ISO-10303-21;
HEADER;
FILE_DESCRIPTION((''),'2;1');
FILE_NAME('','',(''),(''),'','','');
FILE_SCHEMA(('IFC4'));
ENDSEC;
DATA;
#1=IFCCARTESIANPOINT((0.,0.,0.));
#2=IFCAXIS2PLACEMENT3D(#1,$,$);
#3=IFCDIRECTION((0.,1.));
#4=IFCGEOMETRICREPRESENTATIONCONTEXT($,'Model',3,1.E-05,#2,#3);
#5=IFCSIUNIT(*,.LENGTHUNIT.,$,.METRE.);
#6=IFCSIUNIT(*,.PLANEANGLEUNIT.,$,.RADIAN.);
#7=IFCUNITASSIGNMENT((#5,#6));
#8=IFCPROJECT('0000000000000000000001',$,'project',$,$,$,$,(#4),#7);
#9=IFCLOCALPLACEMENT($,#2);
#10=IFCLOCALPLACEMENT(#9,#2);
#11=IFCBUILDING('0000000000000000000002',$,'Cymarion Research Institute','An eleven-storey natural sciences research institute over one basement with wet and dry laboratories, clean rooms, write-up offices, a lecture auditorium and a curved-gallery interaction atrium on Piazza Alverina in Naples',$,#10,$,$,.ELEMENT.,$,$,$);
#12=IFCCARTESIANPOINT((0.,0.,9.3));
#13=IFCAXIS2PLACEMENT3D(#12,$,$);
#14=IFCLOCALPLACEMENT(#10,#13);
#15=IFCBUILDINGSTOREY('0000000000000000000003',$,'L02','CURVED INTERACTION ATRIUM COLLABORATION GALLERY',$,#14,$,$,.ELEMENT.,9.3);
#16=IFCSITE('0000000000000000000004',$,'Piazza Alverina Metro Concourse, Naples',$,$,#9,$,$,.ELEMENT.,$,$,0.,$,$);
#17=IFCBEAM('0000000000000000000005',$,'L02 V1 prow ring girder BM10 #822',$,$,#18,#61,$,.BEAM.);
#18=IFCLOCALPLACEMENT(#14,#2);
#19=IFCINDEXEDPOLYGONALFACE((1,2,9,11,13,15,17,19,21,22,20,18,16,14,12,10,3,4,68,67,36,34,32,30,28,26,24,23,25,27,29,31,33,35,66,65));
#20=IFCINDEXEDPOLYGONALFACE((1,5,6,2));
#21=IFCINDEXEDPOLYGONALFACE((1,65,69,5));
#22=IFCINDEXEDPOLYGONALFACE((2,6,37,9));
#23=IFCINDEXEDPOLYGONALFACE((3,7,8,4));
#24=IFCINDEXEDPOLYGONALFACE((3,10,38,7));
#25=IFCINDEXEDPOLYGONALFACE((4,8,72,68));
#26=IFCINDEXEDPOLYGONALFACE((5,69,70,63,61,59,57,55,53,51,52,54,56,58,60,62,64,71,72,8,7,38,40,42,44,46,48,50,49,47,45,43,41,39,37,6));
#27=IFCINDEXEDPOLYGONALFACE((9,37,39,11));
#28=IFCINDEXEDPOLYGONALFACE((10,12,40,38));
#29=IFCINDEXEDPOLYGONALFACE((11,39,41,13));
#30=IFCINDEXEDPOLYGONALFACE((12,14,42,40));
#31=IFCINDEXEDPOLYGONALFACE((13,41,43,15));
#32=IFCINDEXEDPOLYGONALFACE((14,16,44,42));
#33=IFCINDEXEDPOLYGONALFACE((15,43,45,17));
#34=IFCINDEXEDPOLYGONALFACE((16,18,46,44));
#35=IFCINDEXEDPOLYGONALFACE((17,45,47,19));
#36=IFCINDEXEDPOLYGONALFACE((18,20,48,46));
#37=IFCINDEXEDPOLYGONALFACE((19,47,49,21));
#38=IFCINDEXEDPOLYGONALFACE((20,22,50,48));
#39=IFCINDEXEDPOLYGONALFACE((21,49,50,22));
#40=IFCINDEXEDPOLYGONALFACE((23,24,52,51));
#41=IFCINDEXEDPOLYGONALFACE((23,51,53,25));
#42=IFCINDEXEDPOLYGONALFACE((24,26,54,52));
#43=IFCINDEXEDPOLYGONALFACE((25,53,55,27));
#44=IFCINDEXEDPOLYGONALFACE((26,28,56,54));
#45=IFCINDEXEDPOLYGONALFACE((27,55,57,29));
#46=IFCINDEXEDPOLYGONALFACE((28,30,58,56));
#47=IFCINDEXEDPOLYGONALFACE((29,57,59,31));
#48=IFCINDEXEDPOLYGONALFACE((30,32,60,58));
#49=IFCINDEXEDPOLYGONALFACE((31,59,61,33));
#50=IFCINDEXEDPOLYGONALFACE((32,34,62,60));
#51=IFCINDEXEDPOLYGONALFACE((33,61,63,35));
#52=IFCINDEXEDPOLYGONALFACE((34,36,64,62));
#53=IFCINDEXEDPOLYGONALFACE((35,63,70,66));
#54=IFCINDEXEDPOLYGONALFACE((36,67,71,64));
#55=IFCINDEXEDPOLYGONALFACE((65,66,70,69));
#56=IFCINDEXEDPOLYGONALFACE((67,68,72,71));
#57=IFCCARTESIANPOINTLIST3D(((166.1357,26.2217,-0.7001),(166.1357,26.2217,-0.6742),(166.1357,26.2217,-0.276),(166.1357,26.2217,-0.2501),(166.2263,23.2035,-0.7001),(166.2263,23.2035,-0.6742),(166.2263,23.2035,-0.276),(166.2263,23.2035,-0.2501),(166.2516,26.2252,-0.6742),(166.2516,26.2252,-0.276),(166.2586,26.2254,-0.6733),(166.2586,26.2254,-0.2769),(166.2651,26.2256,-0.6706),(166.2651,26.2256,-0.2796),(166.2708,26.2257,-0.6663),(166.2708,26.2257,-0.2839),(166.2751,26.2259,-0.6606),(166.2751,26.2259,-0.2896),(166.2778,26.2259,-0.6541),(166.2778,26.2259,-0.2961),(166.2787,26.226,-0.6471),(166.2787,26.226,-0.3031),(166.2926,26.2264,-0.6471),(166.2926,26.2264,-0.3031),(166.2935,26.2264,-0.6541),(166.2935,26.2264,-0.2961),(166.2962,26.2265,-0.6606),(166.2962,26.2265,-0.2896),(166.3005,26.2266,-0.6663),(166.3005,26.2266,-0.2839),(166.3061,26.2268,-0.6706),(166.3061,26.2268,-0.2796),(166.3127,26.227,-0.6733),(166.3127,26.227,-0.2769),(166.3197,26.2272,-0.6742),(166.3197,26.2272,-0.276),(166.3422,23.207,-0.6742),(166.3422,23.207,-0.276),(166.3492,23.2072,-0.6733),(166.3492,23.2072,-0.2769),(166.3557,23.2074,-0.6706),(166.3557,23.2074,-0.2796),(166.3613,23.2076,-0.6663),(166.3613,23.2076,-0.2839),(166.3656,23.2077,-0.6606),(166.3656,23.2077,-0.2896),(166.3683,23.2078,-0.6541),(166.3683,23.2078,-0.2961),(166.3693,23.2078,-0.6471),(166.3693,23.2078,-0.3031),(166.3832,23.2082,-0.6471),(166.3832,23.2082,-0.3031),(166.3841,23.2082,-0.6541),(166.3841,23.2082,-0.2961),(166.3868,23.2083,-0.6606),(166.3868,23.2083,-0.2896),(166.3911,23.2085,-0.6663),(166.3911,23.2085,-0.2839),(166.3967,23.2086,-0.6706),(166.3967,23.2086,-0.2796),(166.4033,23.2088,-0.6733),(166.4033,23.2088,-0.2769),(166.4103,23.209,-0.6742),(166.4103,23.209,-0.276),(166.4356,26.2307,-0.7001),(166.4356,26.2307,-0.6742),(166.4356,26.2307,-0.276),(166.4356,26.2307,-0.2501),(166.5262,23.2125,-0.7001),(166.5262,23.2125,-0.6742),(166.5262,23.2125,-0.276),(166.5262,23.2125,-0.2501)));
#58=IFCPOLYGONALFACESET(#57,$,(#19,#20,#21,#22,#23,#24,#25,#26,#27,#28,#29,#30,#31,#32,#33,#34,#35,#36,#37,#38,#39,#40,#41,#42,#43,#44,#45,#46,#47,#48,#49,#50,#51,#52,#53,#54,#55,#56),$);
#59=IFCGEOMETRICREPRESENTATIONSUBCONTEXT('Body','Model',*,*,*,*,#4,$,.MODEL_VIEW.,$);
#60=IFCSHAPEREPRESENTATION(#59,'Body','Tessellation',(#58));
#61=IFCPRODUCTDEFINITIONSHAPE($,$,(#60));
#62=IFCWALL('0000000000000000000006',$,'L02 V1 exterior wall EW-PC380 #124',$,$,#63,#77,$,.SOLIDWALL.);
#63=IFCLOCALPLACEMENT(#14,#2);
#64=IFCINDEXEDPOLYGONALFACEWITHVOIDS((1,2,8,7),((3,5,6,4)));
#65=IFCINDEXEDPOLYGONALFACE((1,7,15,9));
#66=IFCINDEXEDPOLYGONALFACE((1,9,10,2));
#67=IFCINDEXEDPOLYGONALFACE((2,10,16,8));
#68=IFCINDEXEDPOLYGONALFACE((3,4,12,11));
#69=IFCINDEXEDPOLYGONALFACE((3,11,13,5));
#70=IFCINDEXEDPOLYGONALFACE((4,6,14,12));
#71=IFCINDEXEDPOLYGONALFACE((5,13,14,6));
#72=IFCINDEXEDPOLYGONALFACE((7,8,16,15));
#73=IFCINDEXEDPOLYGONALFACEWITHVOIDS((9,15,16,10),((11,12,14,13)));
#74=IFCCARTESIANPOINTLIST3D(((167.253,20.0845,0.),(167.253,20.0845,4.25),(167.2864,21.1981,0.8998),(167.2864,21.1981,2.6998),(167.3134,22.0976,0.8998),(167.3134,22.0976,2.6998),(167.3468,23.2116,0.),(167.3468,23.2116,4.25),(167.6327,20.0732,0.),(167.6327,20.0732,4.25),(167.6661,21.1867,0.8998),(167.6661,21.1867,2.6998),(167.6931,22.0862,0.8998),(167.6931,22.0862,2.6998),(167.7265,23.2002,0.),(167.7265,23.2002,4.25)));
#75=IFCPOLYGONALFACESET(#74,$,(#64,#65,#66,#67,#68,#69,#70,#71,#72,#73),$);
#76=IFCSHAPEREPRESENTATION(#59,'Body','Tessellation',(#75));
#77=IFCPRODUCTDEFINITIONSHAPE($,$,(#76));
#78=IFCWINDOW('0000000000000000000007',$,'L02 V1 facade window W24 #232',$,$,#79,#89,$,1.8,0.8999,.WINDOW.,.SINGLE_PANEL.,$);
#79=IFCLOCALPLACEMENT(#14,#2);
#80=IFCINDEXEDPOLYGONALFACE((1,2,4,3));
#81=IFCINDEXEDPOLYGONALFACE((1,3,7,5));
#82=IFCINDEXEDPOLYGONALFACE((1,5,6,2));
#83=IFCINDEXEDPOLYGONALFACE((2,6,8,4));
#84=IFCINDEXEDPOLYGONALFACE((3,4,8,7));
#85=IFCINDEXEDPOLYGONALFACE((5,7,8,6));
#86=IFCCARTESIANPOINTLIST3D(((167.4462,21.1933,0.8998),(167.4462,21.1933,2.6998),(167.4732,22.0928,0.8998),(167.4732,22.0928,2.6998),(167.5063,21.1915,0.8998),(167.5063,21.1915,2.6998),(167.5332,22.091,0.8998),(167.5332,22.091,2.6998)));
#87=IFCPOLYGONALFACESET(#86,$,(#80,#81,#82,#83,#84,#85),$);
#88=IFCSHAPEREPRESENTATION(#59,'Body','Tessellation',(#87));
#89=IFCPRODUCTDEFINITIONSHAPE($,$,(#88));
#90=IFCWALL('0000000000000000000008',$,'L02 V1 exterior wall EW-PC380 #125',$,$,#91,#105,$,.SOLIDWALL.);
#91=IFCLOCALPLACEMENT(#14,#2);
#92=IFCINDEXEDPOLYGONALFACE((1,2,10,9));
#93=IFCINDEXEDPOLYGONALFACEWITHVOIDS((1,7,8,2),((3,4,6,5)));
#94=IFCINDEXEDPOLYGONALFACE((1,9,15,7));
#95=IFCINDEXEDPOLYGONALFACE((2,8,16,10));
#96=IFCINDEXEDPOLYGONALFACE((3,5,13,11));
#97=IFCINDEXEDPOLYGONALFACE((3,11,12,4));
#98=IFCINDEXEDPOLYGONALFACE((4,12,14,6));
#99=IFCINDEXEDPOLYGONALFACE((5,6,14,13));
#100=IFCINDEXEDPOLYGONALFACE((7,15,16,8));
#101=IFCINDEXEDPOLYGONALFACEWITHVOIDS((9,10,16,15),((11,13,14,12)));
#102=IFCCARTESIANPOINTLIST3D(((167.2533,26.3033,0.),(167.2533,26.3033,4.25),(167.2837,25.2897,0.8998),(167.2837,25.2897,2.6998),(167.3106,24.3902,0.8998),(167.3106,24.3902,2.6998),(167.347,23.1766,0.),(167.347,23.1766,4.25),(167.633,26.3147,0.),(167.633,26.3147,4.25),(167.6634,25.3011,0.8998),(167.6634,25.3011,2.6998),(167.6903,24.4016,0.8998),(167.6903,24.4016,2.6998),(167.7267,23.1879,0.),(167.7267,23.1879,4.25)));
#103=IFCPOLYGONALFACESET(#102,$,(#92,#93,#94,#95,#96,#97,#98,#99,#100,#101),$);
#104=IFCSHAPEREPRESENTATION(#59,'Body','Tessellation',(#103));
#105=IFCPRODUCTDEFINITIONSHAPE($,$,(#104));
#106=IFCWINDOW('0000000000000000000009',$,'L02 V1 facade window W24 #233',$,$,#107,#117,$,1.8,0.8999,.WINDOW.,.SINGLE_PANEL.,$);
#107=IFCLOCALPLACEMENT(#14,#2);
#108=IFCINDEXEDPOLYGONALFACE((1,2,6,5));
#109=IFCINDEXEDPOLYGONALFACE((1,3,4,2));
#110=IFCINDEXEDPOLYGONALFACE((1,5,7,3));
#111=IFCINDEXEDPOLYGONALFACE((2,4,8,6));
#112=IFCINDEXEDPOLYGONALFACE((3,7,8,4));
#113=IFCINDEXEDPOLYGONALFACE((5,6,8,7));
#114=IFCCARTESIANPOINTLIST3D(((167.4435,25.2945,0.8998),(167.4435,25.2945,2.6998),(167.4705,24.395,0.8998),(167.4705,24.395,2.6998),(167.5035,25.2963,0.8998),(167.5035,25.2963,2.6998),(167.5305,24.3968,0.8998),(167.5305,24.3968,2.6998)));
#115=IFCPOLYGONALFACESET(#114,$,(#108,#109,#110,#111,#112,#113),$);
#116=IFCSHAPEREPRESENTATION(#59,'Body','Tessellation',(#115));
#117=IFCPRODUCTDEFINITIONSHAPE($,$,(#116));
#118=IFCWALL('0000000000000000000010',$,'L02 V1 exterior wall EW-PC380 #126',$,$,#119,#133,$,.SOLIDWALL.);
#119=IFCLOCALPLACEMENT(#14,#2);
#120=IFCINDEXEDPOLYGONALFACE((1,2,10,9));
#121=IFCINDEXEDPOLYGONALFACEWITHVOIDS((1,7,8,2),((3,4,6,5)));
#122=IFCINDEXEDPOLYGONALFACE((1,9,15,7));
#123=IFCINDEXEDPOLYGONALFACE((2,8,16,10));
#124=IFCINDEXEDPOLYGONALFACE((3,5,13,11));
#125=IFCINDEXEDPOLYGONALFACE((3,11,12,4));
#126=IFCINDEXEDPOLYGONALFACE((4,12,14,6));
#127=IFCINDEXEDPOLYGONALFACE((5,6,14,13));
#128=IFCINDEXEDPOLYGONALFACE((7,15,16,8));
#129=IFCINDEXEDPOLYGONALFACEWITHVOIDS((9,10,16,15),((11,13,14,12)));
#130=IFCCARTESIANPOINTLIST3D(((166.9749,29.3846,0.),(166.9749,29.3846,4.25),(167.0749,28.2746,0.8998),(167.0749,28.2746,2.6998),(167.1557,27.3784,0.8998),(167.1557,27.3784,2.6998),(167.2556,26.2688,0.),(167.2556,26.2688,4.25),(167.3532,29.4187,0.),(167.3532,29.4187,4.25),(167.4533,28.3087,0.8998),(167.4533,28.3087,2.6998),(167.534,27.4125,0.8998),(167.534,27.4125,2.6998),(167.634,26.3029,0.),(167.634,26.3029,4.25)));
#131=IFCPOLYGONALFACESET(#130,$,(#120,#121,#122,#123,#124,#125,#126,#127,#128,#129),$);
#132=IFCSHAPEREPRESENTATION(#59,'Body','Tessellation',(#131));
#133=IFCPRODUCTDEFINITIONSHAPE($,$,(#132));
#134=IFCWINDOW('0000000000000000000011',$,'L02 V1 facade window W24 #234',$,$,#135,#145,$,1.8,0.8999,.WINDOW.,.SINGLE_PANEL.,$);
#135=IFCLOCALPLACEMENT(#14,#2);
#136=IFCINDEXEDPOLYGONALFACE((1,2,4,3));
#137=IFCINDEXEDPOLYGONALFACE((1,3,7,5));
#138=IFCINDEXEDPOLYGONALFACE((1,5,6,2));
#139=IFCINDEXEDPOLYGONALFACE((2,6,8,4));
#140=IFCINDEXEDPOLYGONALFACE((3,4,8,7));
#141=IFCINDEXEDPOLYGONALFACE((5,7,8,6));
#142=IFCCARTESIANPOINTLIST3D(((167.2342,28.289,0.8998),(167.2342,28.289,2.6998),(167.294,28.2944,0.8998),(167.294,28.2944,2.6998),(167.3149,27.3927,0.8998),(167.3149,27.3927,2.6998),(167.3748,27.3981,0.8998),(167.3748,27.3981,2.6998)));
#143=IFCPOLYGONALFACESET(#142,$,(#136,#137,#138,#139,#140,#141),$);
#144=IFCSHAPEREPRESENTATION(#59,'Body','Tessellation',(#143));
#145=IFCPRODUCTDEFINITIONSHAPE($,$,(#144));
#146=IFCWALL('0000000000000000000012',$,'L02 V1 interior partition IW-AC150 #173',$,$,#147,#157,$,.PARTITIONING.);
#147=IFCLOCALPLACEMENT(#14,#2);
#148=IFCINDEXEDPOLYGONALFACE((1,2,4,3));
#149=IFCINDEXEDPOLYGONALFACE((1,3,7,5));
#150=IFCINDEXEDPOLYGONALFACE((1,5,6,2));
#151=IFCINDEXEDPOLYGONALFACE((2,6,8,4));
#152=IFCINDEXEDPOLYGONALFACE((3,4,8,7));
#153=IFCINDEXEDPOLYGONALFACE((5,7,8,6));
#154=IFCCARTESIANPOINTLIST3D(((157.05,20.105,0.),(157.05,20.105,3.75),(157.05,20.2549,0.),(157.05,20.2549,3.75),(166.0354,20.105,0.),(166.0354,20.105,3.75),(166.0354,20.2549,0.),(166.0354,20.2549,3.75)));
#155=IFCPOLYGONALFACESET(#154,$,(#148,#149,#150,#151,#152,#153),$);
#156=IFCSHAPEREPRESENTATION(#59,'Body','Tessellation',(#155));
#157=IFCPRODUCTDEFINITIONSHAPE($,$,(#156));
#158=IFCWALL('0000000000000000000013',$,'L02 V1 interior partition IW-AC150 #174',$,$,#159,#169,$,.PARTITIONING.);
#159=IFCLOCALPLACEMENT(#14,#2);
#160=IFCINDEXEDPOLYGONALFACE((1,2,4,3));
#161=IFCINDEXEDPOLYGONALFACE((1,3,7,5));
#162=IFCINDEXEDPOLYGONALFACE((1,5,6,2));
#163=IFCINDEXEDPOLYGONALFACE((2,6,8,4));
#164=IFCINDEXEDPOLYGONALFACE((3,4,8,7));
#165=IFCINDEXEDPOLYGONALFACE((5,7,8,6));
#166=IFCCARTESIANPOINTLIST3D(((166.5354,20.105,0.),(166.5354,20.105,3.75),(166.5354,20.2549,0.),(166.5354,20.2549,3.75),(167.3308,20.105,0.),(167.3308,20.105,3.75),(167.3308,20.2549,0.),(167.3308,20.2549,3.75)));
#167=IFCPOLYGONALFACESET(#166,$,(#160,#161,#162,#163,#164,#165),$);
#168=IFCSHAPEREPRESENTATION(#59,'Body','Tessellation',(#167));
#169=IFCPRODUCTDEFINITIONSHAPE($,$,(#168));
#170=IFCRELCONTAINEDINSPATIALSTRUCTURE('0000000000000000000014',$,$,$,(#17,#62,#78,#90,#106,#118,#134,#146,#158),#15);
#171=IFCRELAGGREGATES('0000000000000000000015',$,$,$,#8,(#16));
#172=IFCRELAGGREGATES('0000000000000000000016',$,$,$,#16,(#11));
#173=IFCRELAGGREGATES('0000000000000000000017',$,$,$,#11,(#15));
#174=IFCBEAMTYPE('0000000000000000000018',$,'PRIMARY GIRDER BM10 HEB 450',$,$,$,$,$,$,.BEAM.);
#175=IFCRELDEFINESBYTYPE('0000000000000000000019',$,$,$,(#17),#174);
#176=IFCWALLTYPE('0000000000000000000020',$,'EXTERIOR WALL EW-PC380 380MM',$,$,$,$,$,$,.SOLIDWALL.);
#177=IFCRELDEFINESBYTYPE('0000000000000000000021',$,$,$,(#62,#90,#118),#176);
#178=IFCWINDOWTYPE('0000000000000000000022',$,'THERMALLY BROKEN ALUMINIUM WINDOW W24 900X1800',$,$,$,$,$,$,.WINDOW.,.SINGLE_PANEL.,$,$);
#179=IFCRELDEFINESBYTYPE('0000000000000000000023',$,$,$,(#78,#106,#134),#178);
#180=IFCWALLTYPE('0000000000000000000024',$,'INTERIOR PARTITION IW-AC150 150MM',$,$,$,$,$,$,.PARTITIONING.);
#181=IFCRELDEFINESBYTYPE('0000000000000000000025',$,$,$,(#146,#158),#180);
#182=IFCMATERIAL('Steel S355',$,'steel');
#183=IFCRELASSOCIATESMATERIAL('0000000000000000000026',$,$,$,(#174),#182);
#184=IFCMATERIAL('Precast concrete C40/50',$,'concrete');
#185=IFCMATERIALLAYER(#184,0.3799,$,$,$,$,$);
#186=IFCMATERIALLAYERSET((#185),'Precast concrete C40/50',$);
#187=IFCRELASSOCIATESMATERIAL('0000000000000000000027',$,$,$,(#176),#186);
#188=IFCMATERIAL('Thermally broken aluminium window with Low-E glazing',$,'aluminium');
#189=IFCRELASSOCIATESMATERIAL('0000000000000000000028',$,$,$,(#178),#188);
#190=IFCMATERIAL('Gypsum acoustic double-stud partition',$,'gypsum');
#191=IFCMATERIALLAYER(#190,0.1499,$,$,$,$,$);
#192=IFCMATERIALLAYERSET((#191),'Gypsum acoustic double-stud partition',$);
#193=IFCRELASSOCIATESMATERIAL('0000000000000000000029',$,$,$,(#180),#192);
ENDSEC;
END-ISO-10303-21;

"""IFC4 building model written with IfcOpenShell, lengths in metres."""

from ifc_helpers import new_model, si_unit, direction, frame, frame_2d, origin, origin_2d, place, context, subcontext, project, spatial, rectangle, i_section, extrude, material, layer, layer_set, material_profile, profile_set, type_object, element, fill, save


model = new_model("IFC4")

# Units and contexts
model_context = context("Model", 3, precision=1e-05, world=origin(), true_north=direction((0.0, 1.0)))
body_context = subcontext(model_context, "Body", "Model", "MODEL_VIEW")
ifc_project = project(units=[si_unit("LENGTHUNIT", "METRE"), si_unit("PLANEANGLEUNIT", "RADIAN")], contexts=[model_context])

# Site, building, storey
site_placement = place(None, origin())
site = spatial("IfcSite", under=ifc_project, at=site_placement, Name="Piazza Alverina Metro Concourse, Naples", CompositionType="ELEMENT", RefElevation=0.0)
building_placement = place(site_placement, origin())
building = spatial("IfcBuilding", under=site, at=building_placement, Name="Cymarion Research Institute", Description="An eleven-storey natural sciences research institute over one basement with wet and dry laboratories, clean rooms, write-up offices, a lecture auditorium and a curved-gallery interaction atrium on Piazza Alverina in Naples", CompositionType="ELEMENT")
storey_placement = place(building_placement, frame((0.0, 0.0, 9.3)))
storey = spatial("IfcBuildingStorey", under=building, at=storey_placement, Name="L02", Description="CURVED INTERACTION ATRIUM COLLABORATION GALLERY", CompositionType="ELEMENT", Elevation=9.3)

# Shared definitions
ifc_material_1 = material(Name="Steel S355", Category="steel")

# Beam
ifc_material_profile_1 = material_profile(ifc_material_1, i_section(OverallWidth=0.3, OverallDepth=0.45, WebThickness=0.0139, FlangeThickness=0.0259, FilletRadius=0.0271, at=origin_2d()), Name="HEB 450")
ifc_profile_set_1 = profile_set([ifc_material_profile_1], Name="Steel S355")
beam_type = type_object("IfcBeamType", Name="PRIMARY GIRDER BM10 HEB 450", PredefinedType="BEAM", material=ifc_profile_set_1)
beam_1_placement = place(storey_placement, frame((166.3762, 23.208, -0.4751), z_axis=(-0.029998, 0.99955, 0.0), x_axis=(-0.99955, -0.029998, 0.0)))
element("IfcBeam", 1, at=beam_1_placement, inside=storey, type_object=beam_type, Name="L02 V1 prow ring girder BM10 #822", PredefinedType="BEAM", context=body_context, shape_type="SweptSolid", body=[
    extrude(i_section(OverallWidth=0.3, OverallDepth=0.45, WebThickness=0.0139, FlangeThickness=0.0259, FilletRadius=0.0271, at=origin_2d()), origin(), (0.0, 0.0, 1.0), 3.0195),
])

# Walls, openings, windows
ifc_material_2 = material(Name="Precast concrete C40/50", Category="concrete")
ifc_layer_1 = layer(ifc_material_2, 0.3799)
ifc_layer_set_1 = layer_set([ifc_layer_1], Name="Precast concrete C40/50")
wall_type_1 = type_object("IfcWallType", Name="EXTERIOR WALL EW-PC380 380MM", PredefinedType="SOLIDWALL", material=ifc_layer_set_1)
wall_1_placement = place(storey_placement, frame((167.4429, 20.0789, 0.0), z_axis=(0.0, 0.0, 1.0), x_axis=(0.029968, 0.999551, 0.0)))
wall_1 = element("IfcWall", 2, at=wall_1_placement, inside=storey, type_object=wall_type_1, Name="L02 V1 exterior wall EW-PC380 #124", PredefinedType="SOLIDWALL", context=body_context, shape_type="SweptSolid", body=[
    extrude(rectangle(XDim=3.1284, YDim=0.3799, at=frame_2d((1.5642, 0.0))), origin(), (0.0, 0.0, 1.0), 4.25),
])
opening_1_placement = place(wall_1_placement, frame((1.114, 0.0, 0.8999)))
opening_1 = element("IfcOpeningElement", 3, at=opening_1_placement, cuts=wall_1, PredefinedType="OPENING", context=body_context, shape_type="SweptSolid", body=[
    extrude(rectangle(XDim=0.8999, YDim=1.8, at=frame_2d((0.45, 0.8999))), frame((0.0, 0.2, 0.0), z_axis=(0.0, -1.0, 0.0), x_axis=(1.0, 0.0, 0.0)), (0.0, 0.0, 1.0), 0.3999),
])
ifc_material_3 = material(Name="Thermally broken aluminium window with Low-E glazing", Category="aluminium")
window_type = type_object("IfcWindowType", Name="THERMALLY BROKEN ALUMINIUM WINDOW W24 900X1800", PartitioningType="SINGLE_PANEL", PredefinedType="WINDOW", material=ifc_material_3)
window_1_placement = place(opening_1_placement, origin())
window_1 = element("IfcWindow", 4, at=window_1_placement, inside=storey, type_object=window_type, Name="L02 V1 facade window W24 #232", OverallHeight=1.8, OverallWidth=0.8999, PartitioningType="SINGLE_PANEL", PredefinedType="WINDOW", context=body_context, shape_type="SweptSolid", body=[
    extrude(rectangle(XDim=0.8999, YDim=1.8, at=frame_2d((0.45, 0.8999))), frame((0.0, 0.03, 0.0), z_axis=(0.0, -1.0, 0.0), x_axis=(1.0, 0.0, 0.0)), (0.0, 0.0, 1.0), 0.0601),
])
fill(opening_1, window_1)
wall_2_placement = place(storey_placement, frame((167.5369, 23.1824, 0.0), z_axis=(0.0, 0.0, 1.0), x_axis=(-0.02997, 0.999551, 0.0)))
wall_2 = element("IfcWall", 5, at=wall_2_placement, inside=storey, type_object=wall_type_1, Name="L02 V1 exterior wall EW-PC380 #125", PredefinedType="SOLIDWALL", context=body_context, shape_type="SweptSolid", body=[
    extrude(rectangle(XDim=3.1282, YDim=0.3799, at=frame_2d((1.564, 0.0))), origin(), (0.0, 0.0, 1.0), 4.25),
])
opening_2_placement = place(wall_2_placement, frame((1.2141, 0.0, 0.8999)))
opening_2 = element("IfcOpeningElement", 6, at=opening_2_placement, cuts=wall_2, PredefinedType="OPENING", context=body_context, shape_type="SweptSolid", body=[
    extrude(rectangle(XDim=0.8999, YDim=1.8, at=frame_2d((0.45, 0.8999))), frame((0.0, 0.2, 0.0), z_axis=(0.0, -1.0, 0.0), x_axis=(1.0, 0.0, 0.0)), (0.0, 0.0, 1.0), 0.3999),
])
window_2_placement = place(opening_2_placement, origin())
window_2 = element("IfcWindow", 7, at=window_2_placement, inside=storey, type_object=window_type, Name="L02 V1 facade window W24 #233", OverallHeight=1.8, OverallWidth=0.8999, PartitioningType="SINGLE_PANEL", PredefinedType="WINDOW", context=body_context, shape_type="SweptSolid", body=[
    extrude(rectangle(XDim=0.8999, YDim=1.8, at=frame_2d((0.45, 0.8999))), frame((0.0, 0.03, 0.0), z_axis=(0.0, -1.0, 0.0), x_axis=(1.0, 0.0, 0.0)), (0.0, 0.0, 1.0), 0.0601),
])
fill(opening_2, window_2)
wall_3_placement = place(storey_placement, frame((167.4448, 26.2859, 0.0), z_axis=(0.0, 0.0, 1.0), x_axis=(-0.089748, 0.995965, 0.0)))
wall_3 = element("IfcWall", 8, at=wall_3_placement, inside=storey, type_object=wall_type_1, Name="L02 V1 exterior wall EW-PC380 #126", PredefinedType="SOLIDWALL", context=body_context, shape_type="SweptSolid", body=[
    extrude(rectangle(XDim=3.1284, YDim=0.3799, at=frame_2d((1.5642, 0.0))), origin(), (0.0, 0.0, 1.0), 4.25),
])
opening_3_placement = place(wall_3_placement, frame((1.114, 0.0, 0.8999)))
opening_3 = element("IfcOpeningElement", 9, at=opening_3_placement, cuts=wall_3, PredefinedType="OPENING", context=body_context, shape_type="SweptSolid", body=[
    extrude(rectangle(XDim=0.8999, YDim=1.8, at=frame_2d((0.45, 0.8999))), frame((0.0, 0.2, 0.0), z_axis=(0.0, -1.0, 0.0), x_axis=(1.0, 0.0, 0.0)), (0.0, 0.0, 1.0), 0.3999),
])
window_3_placement = place(opening_3_placement, origin())
window_3 = element("IfcWindow", 10, at=window_3_placement, inside=storey, type_object=window_type, Name="L02 V1 facade window W24 #234", OverallHeight=1.8, OverallWidth=0.8999, PartitioningType="SINGLE_PANEL", PredefinedType="WINDOW", context=body_context, shape_type="SweptSolid", body=[
    extrude(rectangle(XDim=0.8999, YDim=1.8, at=frame_2d((0.45, 0.8999))), frame((0.0, 0.03, 0.0), z_axis=(0.0, -1.0, 0.0), x_axis=(1.0, 0.0, 0.0)), (0.0, 0.0, 1.0), 0.0601),
])
fill(opening_3, window_3)

# Walls
ifc_material_4 = material(Name="Gypsum acoustic double-stud partition", Category="gypsum")
ifc_layer_2 = layer(ifc_material_4, 0.1499)
ifc_layer_set_2 = layer_set([ifc_layer_2], Name="Gypsum acoustic double-stud partition")
wall_type_2 = type_object("IfcWallType", Name="INTERIOR PARTITION IW-AC150 150MM", PredefinedType="PARTITIONING", material=ifc_layer_set_2)
wall_4_placement = place(storey_placement, frame((157.05, 20.1799, 0.0), z_axis=(0.0, 0.0, 1.0), x_axis=(1.0, 0.0, 0.0)))
element("IfcWall", 11, at=wall_4_placement, inside=storey, type_object=wall_type_2, Name="L02 V1 interior partition IW-AC150 #173", PredefinedType="PARTITIONING", context=body_context, shape_type="SweptSolid", body=[
    extrude(rectangle(XDim=8.9854, YDim=0.1499, at=frame_2d((4.4927, 0.0))), origin(), (0.0, 0.0, 1.0), 3.75),
])
wall_5_placement = place(storey_placement, frame((166.5354, 20.1799, 0.0), z_axis=(0.0, 0.0, 1.0), x_axis=(1.0, 0.0, 0.0)))
element("IfcWall", 12, at=wall_5_placement, inside=storey, type_object=wall_type_2, Name="L02 V1 interior partition IW-AC150 #174", PredefinedType="PARTITIONING", context=body_context, shape_type="SweptSolid", body=[
    extrude(rectangle(XDim=0.7954, YDim=0.1499, at=frame_2d((0.3977, 0.0))), origin(), (0.0, 0.0, 1.0), 3.75),
])

save(model, "model.ifc")
